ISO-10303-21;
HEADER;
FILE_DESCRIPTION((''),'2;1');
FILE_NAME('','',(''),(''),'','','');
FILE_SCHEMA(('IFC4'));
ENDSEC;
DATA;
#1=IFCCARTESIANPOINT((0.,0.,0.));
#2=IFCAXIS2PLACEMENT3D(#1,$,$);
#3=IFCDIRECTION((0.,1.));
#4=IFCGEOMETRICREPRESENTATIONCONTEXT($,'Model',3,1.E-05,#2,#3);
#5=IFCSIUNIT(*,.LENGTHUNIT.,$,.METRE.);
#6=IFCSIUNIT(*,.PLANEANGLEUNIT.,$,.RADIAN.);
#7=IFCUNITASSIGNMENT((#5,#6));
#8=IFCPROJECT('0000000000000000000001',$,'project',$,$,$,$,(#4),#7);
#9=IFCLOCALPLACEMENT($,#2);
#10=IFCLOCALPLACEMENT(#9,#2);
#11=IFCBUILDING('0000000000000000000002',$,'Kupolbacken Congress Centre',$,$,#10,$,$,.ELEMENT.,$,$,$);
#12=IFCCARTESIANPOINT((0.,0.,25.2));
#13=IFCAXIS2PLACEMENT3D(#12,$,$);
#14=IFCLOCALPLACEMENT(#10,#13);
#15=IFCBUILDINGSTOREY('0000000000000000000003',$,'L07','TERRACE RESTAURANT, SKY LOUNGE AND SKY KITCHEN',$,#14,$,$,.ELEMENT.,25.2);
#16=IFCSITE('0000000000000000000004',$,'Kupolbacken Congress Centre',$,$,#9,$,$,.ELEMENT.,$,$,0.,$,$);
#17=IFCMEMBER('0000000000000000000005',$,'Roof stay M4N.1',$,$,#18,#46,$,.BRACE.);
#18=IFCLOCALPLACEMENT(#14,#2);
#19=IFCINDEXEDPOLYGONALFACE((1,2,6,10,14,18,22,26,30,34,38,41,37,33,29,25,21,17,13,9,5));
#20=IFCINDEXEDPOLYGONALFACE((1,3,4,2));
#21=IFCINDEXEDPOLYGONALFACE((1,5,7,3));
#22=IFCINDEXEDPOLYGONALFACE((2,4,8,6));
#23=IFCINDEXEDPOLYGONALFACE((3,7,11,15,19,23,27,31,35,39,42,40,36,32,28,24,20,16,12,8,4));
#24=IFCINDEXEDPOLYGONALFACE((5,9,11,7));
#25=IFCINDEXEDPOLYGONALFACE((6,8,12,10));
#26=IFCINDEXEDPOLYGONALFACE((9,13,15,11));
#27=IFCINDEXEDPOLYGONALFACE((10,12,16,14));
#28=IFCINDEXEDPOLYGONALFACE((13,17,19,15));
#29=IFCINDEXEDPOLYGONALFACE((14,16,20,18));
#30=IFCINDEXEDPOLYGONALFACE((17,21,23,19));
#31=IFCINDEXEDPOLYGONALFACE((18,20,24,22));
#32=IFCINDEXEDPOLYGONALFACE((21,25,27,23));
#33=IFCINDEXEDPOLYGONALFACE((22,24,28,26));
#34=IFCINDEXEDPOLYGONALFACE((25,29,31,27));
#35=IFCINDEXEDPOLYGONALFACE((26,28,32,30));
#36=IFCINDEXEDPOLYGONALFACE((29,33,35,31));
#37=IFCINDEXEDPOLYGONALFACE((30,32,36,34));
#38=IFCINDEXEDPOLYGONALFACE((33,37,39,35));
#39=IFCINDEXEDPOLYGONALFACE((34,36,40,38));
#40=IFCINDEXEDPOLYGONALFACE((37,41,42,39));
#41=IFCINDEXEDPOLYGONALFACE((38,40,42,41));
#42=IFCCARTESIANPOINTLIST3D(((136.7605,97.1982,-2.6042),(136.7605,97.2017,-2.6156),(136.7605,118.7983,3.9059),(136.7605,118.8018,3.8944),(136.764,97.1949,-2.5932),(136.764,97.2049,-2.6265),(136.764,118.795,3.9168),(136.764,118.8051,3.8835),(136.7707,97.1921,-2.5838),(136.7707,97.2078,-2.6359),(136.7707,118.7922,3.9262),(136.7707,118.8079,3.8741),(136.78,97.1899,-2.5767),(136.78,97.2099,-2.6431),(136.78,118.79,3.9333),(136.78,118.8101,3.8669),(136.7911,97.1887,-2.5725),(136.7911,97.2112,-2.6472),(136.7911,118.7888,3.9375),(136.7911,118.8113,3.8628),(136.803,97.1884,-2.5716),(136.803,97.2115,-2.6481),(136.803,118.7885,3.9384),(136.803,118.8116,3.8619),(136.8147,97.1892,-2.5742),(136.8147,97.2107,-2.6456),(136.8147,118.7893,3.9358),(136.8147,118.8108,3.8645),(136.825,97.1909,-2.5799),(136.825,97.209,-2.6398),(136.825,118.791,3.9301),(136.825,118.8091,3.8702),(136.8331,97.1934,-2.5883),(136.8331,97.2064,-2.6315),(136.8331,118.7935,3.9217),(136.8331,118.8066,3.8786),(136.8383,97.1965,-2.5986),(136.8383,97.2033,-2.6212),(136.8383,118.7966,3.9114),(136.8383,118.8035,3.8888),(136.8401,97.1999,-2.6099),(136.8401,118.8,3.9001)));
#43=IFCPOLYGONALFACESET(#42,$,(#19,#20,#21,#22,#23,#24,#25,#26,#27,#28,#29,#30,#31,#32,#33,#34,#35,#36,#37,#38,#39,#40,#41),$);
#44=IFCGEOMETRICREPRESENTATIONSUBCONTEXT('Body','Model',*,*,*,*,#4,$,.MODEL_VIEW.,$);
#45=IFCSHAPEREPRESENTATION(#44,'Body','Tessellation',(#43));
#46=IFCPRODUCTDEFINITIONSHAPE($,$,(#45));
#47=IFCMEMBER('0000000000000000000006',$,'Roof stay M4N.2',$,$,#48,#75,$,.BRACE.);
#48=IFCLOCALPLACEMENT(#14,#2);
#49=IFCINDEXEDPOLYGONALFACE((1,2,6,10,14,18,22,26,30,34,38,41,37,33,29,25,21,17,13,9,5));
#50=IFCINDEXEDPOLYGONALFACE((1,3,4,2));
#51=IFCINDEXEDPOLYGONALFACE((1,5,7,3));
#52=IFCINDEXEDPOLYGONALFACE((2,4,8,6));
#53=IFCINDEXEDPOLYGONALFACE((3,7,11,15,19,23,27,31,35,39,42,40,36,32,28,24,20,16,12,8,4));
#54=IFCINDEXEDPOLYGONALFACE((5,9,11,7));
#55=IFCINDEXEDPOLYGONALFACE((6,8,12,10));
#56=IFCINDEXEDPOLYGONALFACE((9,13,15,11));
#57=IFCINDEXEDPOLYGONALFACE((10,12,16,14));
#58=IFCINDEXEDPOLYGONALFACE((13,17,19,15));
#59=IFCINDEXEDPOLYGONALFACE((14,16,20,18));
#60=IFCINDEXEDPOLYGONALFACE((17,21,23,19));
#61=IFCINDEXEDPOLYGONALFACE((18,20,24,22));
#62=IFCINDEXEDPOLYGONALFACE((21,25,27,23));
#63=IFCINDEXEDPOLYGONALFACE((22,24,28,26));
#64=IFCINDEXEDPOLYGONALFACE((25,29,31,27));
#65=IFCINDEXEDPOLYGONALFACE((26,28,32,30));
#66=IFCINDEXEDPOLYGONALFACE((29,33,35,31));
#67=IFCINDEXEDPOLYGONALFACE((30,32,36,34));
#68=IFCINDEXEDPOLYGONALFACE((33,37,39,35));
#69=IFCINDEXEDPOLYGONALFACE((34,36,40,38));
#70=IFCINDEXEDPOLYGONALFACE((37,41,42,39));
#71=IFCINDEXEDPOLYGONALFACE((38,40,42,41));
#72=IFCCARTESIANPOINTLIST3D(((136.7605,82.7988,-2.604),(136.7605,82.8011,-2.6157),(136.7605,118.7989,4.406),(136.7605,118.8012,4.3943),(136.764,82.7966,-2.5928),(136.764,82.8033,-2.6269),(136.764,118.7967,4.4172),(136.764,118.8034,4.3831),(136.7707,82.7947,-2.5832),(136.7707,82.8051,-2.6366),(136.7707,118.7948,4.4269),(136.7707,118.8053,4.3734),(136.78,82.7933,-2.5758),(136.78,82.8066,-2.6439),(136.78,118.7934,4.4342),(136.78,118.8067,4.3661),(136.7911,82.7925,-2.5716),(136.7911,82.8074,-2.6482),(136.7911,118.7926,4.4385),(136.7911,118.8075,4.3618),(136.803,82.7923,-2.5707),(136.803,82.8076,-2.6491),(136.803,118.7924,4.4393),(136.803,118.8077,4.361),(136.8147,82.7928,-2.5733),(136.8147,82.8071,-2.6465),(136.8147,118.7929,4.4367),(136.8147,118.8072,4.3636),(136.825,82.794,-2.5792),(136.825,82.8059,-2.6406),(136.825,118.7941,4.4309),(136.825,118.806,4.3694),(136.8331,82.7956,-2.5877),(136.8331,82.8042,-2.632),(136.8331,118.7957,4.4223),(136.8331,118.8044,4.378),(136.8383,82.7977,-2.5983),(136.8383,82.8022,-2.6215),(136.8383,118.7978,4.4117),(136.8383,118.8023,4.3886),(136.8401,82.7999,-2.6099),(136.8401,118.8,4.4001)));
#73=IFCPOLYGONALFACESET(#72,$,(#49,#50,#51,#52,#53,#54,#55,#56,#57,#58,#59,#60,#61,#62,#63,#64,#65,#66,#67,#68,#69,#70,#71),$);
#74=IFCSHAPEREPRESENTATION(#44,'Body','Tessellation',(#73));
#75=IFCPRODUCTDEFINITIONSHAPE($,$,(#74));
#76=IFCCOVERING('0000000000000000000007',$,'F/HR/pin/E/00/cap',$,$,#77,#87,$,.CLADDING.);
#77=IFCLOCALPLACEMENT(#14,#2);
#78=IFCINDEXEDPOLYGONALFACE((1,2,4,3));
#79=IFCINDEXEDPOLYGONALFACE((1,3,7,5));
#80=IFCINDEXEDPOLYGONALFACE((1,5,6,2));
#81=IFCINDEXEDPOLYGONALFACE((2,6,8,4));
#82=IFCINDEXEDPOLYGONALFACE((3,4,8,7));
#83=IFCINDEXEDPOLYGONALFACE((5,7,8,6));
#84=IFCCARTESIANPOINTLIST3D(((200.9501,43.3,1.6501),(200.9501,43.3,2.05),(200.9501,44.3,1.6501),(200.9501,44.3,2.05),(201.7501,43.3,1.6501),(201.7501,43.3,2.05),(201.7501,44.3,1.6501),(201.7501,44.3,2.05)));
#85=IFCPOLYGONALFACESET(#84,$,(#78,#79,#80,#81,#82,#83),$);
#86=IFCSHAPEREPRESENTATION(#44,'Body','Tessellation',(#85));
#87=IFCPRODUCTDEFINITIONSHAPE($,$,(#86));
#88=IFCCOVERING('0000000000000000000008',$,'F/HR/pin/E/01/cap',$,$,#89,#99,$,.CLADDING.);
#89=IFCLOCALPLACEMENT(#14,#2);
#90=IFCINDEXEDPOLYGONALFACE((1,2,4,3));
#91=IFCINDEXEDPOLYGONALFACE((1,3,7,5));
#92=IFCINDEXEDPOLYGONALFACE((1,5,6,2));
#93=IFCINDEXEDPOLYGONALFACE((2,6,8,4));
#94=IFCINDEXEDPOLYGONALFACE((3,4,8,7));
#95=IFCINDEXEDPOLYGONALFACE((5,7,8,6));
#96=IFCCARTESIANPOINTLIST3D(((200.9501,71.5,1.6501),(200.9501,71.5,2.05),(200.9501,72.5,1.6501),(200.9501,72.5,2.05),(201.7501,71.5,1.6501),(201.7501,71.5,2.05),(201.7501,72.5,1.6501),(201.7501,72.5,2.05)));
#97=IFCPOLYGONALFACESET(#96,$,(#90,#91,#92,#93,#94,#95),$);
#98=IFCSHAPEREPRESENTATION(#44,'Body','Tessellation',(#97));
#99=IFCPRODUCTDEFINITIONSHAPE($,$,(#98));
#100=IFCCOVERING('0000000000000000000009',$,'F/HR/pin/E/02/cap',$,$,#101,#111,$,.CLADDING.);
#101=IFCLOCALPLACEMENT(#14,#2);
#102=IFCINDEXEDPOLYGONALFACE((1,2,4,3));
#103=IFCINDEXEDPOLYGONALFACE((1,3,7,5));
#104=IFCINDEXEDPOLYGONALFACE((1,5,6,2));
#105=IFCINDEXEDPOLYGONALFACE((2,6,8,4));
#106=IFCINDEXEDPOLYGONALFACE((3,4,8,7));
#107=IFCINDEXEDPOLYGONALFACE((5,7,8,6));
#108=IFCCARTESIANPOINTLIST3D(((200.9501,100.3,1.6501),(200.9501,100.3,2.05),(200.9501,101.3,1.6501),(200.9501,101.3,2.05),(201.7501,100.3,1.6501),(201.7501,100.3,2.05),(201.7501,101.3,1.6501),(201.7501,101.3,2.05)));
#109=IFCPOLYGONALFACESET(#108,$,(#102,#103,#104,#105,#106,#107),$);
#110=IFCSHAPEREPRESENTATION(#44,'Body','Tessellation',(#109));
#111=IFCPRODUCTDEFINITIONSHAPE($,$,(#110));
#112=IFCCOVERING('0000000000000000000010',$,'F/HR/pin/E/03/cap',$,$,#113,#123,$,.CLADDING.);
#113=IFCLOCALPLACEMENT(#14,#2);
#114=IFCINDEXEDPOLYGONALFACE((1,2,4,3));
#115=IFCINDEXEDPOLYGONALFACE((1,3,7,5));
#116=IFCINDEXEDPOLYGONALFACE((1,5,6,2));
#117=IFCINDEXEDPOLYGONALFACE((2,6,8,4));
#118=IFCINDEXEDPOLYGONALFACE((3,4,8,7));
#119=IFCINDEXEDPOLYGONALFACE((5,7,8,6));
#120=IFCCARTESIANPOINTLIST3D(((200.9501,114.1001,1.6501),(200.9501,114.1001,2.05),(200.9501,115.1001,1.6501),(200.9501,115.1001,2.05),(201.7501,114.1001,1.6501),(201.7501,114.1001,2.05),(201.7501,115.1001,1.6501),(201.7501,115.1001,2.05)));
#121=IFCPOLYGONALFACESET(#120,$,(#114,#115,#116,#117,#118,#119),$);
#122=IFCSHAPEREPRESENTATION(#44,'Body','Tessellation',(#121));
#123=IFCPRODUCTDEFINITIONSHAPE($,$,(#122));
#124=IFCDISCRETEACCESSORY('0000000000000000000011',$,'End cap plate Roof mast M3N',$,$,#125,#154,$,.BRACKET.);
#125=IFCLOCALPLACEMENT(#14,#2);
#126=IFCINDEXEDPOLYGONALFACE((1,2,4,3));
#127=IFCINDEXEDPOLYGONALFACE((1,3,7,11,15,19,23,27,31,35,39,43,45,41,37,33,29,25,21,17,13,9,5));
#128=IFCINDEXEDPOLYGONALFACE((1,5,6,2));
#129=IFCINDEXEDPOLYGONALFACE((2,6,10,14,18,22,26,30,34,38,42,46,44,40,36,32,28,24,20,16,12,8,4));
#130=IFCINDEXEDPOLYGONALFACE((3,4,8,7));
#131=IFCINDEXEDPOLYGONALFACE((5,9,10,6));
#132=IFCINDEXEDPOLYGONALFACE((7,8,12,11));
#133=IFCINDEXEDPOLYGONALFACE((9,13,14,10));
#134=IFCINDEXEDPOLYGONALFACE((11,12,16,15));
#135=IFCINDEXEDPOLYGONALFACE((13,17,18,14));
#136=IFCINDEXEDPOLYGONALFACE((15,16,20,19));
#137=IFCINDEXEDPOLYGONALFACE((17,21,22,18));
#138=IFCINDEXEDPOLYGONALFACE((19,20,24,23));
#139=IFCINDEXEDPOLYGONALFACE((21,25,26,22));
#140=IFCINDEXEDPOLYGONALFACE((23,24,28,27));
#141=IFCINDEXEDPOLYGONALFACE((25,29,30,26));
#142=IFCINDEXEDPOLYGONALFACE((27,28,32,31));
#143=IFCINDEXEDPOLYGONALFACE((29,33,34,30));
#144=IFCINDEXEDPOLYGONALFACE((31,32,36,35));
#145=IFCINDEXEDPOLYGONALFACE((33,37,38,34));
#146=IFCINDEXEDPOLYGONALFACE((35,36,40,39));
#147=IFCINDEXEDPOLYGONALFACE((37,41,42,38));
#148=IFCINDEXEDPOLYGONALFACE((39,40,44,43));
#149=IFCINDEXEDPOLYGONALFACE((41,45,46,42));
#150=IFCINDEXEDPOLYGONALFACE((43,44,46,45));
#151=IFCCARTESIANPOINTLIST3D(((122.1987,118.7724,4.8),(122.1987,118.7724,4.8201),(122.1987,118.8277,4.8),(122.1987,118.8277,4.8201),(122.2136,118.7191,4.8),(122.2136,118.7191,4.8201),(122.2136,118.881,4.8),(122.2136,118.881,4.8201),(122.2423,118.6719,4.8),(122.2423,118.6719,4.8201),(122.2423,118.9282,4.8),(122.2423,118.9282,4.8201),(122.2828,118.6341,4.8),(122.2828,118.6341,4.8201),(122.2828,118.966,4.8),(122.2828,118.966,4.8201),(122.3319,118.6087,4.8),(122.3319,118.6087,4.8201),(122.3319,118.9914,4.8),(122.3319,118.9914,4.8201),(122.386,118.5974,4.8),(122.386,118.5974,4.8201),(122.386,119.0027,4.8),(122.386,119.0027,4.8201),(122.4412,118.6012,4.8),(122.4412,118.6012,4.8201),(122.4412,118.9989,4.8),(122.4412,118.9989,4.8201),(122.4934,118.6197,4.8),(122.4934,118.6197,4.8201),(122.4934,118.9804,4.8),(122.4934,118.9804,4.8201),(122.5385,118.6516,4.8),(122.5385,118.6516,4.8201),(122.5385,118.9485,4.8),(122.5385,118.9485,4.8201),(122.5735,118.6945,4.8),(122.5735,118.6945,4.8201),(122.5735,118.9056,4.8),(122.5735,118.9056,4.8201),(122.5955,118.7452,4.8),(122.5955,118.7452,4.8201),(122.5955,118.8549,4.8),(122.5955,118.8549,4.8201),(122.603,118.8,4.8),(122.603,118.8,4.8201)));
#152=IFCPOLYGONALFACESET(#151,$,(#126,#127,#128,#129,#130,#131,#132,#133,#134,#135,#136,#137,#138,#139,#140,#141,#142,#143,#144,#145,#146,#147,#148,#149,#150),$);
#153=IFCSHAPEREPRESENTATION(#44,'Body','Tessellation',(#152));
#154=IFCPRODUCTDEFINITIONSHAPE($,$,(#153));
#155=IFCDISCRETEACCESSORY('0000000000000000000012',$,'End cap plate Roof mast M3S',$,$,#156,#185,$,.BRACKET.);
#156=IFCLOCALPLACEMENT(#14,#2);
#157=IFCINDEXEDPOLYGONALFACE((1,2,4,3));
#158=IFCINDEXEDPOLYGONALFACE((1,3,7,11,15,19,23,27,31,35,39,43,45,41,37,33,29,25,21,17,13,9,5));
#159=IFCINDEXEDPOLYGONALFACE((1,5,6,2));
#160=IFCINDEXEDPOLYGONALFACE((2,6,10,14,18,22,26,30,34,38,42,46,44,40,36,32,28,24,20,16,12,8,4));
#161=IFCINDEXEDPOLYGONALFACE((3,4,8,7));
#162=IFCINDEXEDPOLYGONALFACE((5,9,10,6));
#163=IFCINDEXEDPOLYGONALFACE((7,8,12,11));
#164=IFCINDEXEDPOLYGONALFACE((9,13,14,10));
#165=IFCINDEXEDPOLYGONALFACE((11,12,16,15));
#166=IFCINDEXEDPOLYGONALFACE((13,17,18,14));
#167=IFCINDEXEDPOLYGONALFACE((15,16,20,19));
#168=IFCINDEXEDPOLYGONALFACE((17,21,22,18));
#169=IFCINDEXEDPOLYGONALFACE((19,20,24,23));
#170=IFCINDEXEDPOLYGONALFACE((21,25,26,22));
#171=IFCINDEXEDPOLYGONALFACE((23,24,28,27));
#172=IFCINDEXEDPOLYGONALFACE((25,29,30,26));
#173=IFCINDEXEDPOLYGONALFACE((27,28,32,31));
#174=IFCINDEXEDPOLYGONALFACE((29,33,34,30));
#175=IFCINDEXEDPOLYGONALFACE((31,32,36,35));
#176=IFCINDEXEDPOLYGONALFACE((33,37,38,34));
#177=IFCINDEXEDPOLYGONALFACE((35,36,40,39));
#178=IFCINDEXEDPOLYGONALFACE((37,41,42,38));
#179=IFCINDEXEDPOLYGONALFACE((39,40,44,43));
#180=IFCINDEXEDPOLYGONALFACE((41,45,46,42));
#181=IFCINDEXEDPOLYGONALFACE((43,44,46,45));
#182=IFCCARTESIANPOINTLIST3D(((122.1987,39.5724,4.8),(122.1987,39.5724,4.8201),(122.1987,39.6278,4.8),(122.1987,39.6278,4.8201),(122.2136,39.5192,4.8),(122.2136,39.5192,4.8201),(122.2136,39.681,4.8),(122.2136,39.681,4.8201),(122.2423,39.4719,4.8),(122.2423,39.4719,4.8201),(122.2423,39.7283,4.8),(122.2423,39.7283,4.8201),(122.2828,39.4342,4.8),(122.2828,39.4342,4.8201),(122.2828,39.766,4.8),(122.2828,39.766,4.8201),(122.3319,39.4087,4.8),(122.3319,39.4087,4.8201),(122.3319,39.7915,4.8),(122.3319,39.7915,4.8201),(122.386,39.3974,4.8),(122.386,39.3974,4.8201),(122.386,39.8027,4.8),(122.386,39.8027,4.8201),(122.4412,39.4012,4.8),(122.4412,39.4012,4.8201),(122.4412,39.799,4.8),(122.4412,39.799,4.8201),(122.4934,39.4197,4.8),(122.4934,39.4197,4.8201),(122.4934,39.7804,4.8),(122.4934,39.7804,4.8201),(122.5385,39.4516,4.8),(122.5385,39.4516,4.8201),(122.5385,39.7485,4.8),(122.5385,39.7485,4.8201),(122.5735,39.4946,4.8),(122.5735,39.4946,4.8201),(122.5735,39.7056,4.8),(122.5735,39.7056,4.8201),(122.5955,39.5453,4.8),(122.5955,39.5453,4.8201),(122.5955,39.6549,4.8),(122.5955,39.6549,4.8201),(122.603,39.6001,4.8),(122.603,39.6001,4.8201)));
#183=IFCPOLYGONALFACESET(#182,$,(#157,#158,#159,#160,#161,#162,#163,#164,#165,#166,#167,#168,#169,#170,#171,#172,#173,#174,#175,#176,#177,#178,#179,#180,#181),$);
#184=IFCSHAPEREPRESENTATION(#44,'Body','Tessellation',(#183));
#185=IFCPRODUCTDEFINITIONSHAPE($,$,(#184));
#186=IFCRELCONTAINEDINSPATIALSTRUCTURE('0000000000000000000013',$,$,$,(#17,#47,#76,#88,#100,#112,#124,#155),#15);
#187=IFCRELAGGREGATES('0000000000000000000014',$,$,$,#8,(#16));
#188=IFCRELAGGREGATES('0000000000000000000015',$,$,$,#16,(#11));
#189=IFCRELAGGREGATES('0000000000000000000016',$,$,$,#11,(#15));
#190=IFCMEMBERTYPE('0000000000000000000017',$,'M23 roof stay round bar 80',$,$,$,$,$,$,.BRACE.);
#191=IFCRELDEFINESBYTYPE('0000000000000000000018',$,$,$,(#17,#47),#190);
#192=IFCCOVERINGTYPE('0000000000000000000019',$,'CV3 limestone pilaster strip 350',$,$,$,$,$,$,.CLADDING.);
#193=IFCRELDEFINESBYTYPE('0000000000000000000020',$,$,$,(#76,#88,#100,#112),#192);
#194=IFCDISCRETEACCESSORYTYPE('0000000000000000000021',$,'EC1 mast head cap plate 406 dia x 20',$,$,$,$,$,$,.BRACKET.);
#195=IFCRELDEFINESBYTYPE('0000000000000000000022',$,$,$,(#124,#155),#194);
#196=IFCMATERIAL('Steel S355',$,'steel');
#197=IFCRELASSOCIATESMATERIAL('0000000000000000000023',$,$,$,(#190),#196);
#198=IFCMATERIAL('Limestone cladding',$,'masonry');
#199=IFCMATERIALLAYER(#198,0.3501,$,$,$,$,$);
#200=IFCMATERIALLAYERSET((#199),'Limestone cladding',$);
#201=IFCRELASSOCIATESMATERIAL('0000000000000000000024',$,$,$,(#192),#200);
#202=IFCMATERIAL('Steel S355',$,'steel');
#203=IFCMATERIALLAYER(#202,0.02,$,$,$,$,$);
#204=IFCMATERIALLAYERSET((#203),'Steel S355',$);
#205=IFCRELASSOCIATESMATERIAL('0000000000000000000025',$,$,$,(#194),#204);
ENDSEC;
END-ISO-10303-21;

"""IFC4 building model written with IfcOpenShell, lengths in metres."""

from ifc_helpers import new_model, si_unit, direction, frame, origin, origin_2d, place, context, subcontext, project, spatial, rectangle, circle, extrude, material, layer, layer_set, material_profile, profile_set, type_object, element, save


model = new_model("IFC4")

# Units and contexts
model_context = context("Model", 3, precision=1e-05, world=origin(), true_north=direction((0.0, 1.0)))
body_context = subcontext(model_context, "Body", "Model", "MODEL_VIEW")
ifc_project = project(units=[si_unit("LENGTHUNIT", "METRE"), si_unit("PLANEANGLEUNIT", "RADIAN")], contexts=[model_context])

# Site, building, storey
site_placement = place(None, origin())
site = spatial("IfcSite", under=ifc_project, at=site_placement, Name="Kupolbacken Congress Centre", CompositionType="ELEMENT", RefElevation=0.0)
building_placement = place(site_placement, origin())
building = spatial("IfcBuilding", under=site, at=building_placement, Name="Kupolbacken Congress Centre", CompositionType="ELEMENT")
storey_placement = place(building_placement, frame((0.0, 0.0, 25.2)))
storey = spatial("IfcBuildingStorey", under=building, at=storey_placement, Name="L07", Description="TERRACE RESTAURANT, SKY LOUNGE AND SKY KITCHEN", CompositionType="ELEMENT", Elevation=25.2)

# Members
ifc_material_1 = material(Name="Steel S355", Category="steel")
ifc_material_profile_1 = material_profile(ifc_material_1, circle(Radius=0.04, at=origin_2d()), Name="RB 80")
ifc_profile_set_1 = profile_set([ifc_material_profile_1], Name="Steel S355")
member_type = type_object("IfcMemberType", Name="M23 roof stay round bar 80", PredefinedType="BRACE", material=ifc_profile_set_1)
member_1_placement = place(storey_placement, frame((136.8, 118.8, 3.9001), z_axis=(0.0, -0.95746, -0.288567), x_axis=(1.0, 0.0, 0.0)))
element("IfcMember", 1, at=member_1_placement, inside=storey, type_object=member_type, Name="Roof stay M4N.1", PredefinedType="BRACE", context=body_context, shape_type="SweptSolid", body=[
    extrude(circle(Radius=0.04, at=origin_2d()), origin(), (0.0, 0.0, 1.0), 22.5598),
])
member_2_placement = place(storey_placement, frame((136.8, 118.8, 4.4001), z_axis=(0.0, -0.981564, -0.191133), x_axis=(1.0, 0.0, 0.0)))
element("IfcMember", 2, at=member_2_placement, inside=storey, type_object=member_type, Name="Roof stay M4N.2", PredefinedType="BRACE", context=body_context, shape_type="SweptSolid", body=[
    extrude(circle(Radius=0.04, at=origin_2d()), origin(), (0.0, 0.0, 1.0), 36.6763),
])

# Coverings
ifc_material_2 = material(Name="Limestone cladding", Category="masonry")
ifc_layer_1 = layer(ifc_material_2, 0.3501)
ifc_layer_set_1 = layer_set([ifc_layer_1], Name="Limestone cladding")
covering_type = type_object("IfcCoveringType", Name="CV3 limestone pilaster strip 350", PredefinedType="CLADDING", material=ifc_layer_set_1)
for number, where, z_axis, x_axis, name in (
    (3, (201.3501, 43.8, 1.6501), (0.0, 0.0, 1.0), (0.0, 1.0, 0.0), "F/HR/pin/E/00/cap"),
    (4, (201.3501, 72.0, 1.6501), (0.0, 0.0, 1.0), (0.0, 1.0, 0.0), "F/HR/pin/E/01/cap"),
    (5, (201.3501, 100.8, 1.6501), (0.0, 0.0, 1.0), (0.0, 1.0, 0.0), "F/HR/pin/E/02/cap"),
    (6, (201.3501, 114.6001, 1.6501), (0.0, 0.0, 1.0), (0.0, 1.0, 0.0), "F/HR/pin/E/03/cap"),
):
    element("IfcCovering", number, at=place(storey_placement, frame(where, z_axis=z_axis, x_axis=x_axis)), inside=storey, type_object=covering_type, Name=name, PredefinedType="CLADDING", context=body_context, shape_type="SweptSolid", body=[
        extrude(rectangle(XDim=1.0, YDim=0.8, at=origin_2d()), origin(), (0.0, 0.0, 1.0), 0.3999),
    ])

# Discrete accessories
ifc_material_3 = material(Name="Steel S355", Category="steel")
ifc_layer_2 = layer(ifc_material_3, 0.02)
ifc_layer_set_2 = layer_set([ifc_layer_2], Name="Steel S355")
discrete_accessory_type = type_object("IfcDiscreteAccessoryType", Name="EC1 mast head cap plate 406 dia x 20", PredefinedType="BRACKET", material=ifc_layer_set_2)
for number, where, z_axis, x_axis, name in (
    (7, (122.3999, 118.8, 4.8), (0.0, 0.0, 1.0), (1.0, 0.0, 0.0), "End cap plate Roof mast M3N"),
    (8, (122.3999, 39.6001, 4.8), (0.0, 0.0, 1.0), (1.0, 0.0, 0.0), "End cap plate Roof mast M3S"),
):
    element("IfcDiscreteAccessory", number, at=place(storey_placement, frame(where, z_axis=z_axis, x_axis=x_axis)), inside=storey, type_object=discrete_accessory_type, Name=name, PredefinedType="BRACKET", context=body_context, shape_type="SweptSolid", body=[
        extrude(circle(Radius=0.2031, at=origin_2d()), origin(), (0.0, 0.0, 1.0), 0.02),
    ])

save(model, "model.ifc")
